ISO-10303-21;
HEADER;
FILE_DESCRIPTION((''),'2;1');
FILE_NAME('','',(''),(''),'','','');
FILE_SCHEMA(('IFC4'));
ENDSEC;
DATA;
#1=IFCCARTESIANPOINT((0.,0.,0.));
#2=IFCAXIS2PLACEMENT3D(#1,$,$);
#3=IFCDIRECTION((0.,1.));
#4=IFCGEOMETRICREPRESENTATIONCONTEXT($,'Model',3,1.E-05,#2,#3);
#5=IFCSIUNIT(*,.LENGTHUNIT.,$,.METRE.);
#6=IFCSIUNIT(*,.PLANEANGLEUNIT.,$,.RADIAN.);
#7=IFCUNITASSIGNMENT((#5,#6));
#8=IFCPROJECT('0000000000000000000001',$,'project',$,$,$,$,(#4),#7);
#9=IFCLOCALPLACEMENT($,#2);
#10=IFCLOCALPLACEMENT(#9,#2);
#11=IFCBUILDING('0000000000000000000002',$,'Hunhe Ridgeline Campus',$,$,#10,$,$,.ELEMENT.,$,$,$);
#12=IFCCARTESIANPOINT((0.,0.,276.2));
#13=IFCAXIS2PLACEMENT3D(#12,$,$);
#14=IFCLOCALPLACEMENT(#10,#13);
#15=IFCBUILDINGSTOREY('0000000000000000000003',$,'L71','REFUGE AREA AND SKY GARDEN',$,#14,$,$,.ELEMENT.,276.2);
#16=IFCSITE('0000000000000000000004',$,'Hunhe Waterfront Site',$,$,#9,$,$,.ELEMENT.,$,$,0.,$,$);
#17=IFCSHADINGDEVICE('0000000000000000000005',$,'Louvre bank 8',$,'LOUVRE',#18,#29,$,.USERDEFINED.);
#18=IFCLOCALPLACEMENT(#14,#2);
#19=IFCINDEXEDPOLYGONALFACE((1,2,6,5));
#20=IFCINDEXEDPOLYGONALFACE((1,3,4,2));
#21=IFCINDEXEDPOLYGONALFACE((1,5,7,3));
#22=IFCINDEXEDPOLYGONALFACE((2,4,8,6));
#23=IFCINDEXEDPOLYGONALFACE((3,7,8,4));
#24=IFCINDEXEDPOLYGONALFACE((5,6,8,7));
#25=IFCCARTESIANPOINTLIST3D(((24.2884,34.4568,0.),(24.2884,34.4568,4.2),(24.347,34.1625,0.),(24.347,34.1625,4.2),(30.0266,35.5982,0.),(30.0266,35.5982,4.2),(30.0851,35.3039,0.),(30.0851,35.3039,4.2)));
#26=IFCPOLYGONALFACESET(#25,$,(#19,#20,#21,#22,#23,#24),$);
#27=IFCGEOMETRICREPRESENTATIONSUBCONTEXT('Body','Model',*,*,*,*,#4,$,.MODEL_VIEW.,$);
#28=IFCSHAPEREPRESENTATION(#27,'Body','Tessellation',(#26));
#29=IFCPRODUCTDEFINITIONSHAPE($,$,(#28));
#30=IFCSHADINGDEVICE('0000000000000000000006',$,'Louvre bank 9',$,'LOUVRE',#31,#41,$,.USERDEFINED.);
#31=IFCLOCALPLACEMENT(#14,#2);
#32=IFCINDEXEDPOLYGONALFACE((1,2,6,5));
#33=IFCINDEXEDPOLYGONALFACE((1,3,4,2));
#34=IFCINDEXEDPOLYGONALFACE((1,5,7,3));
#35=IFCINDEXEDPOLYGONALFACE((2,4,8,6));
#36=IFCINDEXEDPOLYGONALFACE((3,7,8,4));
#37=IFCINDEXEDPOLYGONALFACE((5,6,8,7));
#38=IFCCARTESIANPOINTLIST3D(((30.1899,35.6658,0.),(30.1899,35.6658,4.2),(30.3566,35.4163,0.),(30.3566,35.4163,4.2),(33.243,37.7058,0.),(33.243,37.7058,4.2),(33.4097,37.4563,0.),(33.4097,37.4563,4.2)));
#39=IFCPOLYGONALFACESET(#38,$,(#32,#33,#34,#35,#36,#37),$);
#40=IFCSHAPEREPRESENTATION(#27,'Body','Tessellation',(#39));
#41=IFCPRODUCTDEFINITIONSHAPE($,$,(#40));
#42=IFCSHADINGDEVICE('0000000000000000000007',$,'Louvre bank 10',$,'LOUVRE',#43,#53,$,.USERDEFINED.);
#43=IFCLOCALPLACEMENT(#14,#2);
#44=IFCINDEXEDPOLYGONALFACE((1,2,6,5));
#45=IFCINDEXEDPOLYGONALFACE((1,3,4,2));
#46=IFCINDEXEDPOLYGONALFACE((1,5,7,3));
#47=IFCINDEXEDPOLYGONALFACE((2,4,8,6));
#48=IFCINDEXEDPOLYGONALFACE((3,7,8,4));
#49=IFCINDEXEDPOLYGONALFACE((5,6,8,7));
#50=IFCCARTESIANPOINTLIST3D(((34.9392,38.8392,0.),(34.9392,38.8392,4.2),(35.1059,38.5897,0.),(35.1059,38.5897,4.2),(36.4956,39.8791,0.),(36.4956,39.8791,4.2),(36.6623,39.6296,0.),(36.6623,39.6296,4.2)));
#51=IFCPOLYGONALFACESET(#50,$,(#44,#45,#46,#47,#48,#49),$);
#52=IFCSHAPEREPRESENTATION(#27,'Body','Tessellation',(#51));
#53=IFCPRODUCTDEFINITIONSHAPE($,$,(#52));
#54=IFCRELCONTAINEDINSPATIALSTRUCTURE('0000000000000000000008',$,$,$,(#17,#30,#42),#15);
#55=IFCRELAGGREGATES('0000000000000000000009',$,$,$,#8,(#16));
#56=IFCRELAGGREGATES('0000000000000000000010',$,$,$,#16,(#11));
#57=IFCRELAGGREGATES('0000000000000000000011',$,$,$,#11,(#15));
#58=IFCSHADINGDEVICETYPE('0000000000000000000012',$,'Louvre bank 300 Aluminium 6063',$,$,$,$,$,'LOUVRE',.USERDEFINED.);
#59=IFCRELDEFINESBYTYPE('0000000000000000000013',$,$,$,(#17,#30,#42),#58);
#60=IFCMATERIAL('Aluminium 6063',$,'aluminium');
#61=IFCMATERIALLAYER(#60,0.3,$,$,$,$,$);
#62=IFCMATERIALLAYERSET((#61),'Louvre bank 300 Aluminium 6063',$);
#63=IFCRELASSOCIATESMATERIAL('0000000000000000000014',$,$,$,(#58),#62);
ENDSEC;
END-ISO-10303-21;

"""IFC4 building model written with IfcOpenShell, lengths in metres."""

from ifc_helpers import new_model, si_unit, direction, frame, origin, origin_2d, place, context, subcontext, project, spatial, rectangle, extrude, material, layer, layer_set, type_object, element, save


model = new_model("IFC4")

# Units and contexts
model_context = context("Model", 3, precision=1e-05, world=origin(), true_north=direction((0.0, 1.0)))
body_context = subcontext(model_context, "Body", "Model", "MODEL_VIEW")
ifc_project = project(units=[si_unit("LENGTHUNIT", "METRE"), si_unit("PLANEANGLEUNIT", "RADIAN")], contexts=[model_context])

# Site, building, storey
site_placement = place(None, origin())
site = spatial("IfcSite", under=ifc_project, at=site_placement, Name="Hunhe Waterfront Site", CompositionType="ELEMENT", RefElevation=0.0)
building_placement = place(site_placement, origin())
building = spatial("IfcBuilding", under=site, at=building_placement, Name="Hunhe Ridgeline Campus", CompositionType="ELEMENT")
storey_placement = place(building_placement, frame((0.0, 0.0, 276.2)))
storey = spatial("IfcBuildingStorey", under=building, at=storey_placement, Name="L71", Description="REFUGE AREA AND SKY GARDEN", CompositionType="ELEMENT", Elevation=276.2)

# Shared definitions
ifc_material_1 = material(Name="Aluminium 6063", Category="aluminium")

# Shading devices
ifc_layer_1 = layer(ifc_material_1, 0.3)
ifc_layer_set_1 = layer_set([ifc_layer_1], Name="Louvre bank 300 Aluminium 6063")
shading_device_type = type_object("IfcShadingDeviceType", Name="Louvre bank 300 Aluminium 6063", ElementType="LOUVRE", PredefinedType="USERDEFINED", material=ifc_layer_set_1)
shading_device_1_placement = place(storey_placement, frame((27.1868, 34.8804, 0.0), z_axis=(0.0, 0.0, 1.0), x_axis=(0.980785, 0.19509, 0.0)))
element("IfcShadingDevice", 1, at=shading_device_1_placement, inside=storey, type_object=shading_device_type, Name="Louvre bank 8", ObjectType="LOUVRE", PredefinedType="USERDEFINED", context=body_context, shape_type="SweptSolid", body=[
    extrude(rectangle(XDim=5.8506, YDim=0.3, at=origin_2d()), origin(), (0.0, 0.0, 1.0), 4.2),
])
shading_device_2_placement = place(storey_placement, frame((31.7998, 36.561, 0.0), z_axis=(0.0, 0.0, 1.0), x_axis=(0.83147, 0.55557, 0.0)))
element("IfcShadingDevice", 2, at=shading_device_2_placement, inside=storey, type_object=shading_device_type, Name="Louvre bank 9", ObjectType="LOUVRE", PredefinedType="USERDEFINED", context=body_context, shape_type="SweptSolid", body=[
    extrude(rectangle(XDim=3.6719, YDim=0.3, at=origin_2d()), origin(), (0.0, 0.0, 1.0), 4.2),
])
shading_device_3_placement = place(storey_placement, frame((35.8008, 39.2344, 0.0), z_axis=(0.0, 0.0, 1.0), x_axis=(0.83147, 0.55557, 0.0)))
element("IfcShadingDevice", 3, at=shading_device_3_placement, inside=storey, type_object=shading_device_type, Name="Louvre bank 10", ObjectType="LOUVRE", PredefinedType="USERDEFINED", context=body_context, shape_type="SweptSolid", body=[
    extrude(rectangle(XDim=1.8718, YDim=0.3, at=origin_2d()), origin(), (0.0, 0.0, 1.0), 4.2),
])

save(model, "model.ifc")
